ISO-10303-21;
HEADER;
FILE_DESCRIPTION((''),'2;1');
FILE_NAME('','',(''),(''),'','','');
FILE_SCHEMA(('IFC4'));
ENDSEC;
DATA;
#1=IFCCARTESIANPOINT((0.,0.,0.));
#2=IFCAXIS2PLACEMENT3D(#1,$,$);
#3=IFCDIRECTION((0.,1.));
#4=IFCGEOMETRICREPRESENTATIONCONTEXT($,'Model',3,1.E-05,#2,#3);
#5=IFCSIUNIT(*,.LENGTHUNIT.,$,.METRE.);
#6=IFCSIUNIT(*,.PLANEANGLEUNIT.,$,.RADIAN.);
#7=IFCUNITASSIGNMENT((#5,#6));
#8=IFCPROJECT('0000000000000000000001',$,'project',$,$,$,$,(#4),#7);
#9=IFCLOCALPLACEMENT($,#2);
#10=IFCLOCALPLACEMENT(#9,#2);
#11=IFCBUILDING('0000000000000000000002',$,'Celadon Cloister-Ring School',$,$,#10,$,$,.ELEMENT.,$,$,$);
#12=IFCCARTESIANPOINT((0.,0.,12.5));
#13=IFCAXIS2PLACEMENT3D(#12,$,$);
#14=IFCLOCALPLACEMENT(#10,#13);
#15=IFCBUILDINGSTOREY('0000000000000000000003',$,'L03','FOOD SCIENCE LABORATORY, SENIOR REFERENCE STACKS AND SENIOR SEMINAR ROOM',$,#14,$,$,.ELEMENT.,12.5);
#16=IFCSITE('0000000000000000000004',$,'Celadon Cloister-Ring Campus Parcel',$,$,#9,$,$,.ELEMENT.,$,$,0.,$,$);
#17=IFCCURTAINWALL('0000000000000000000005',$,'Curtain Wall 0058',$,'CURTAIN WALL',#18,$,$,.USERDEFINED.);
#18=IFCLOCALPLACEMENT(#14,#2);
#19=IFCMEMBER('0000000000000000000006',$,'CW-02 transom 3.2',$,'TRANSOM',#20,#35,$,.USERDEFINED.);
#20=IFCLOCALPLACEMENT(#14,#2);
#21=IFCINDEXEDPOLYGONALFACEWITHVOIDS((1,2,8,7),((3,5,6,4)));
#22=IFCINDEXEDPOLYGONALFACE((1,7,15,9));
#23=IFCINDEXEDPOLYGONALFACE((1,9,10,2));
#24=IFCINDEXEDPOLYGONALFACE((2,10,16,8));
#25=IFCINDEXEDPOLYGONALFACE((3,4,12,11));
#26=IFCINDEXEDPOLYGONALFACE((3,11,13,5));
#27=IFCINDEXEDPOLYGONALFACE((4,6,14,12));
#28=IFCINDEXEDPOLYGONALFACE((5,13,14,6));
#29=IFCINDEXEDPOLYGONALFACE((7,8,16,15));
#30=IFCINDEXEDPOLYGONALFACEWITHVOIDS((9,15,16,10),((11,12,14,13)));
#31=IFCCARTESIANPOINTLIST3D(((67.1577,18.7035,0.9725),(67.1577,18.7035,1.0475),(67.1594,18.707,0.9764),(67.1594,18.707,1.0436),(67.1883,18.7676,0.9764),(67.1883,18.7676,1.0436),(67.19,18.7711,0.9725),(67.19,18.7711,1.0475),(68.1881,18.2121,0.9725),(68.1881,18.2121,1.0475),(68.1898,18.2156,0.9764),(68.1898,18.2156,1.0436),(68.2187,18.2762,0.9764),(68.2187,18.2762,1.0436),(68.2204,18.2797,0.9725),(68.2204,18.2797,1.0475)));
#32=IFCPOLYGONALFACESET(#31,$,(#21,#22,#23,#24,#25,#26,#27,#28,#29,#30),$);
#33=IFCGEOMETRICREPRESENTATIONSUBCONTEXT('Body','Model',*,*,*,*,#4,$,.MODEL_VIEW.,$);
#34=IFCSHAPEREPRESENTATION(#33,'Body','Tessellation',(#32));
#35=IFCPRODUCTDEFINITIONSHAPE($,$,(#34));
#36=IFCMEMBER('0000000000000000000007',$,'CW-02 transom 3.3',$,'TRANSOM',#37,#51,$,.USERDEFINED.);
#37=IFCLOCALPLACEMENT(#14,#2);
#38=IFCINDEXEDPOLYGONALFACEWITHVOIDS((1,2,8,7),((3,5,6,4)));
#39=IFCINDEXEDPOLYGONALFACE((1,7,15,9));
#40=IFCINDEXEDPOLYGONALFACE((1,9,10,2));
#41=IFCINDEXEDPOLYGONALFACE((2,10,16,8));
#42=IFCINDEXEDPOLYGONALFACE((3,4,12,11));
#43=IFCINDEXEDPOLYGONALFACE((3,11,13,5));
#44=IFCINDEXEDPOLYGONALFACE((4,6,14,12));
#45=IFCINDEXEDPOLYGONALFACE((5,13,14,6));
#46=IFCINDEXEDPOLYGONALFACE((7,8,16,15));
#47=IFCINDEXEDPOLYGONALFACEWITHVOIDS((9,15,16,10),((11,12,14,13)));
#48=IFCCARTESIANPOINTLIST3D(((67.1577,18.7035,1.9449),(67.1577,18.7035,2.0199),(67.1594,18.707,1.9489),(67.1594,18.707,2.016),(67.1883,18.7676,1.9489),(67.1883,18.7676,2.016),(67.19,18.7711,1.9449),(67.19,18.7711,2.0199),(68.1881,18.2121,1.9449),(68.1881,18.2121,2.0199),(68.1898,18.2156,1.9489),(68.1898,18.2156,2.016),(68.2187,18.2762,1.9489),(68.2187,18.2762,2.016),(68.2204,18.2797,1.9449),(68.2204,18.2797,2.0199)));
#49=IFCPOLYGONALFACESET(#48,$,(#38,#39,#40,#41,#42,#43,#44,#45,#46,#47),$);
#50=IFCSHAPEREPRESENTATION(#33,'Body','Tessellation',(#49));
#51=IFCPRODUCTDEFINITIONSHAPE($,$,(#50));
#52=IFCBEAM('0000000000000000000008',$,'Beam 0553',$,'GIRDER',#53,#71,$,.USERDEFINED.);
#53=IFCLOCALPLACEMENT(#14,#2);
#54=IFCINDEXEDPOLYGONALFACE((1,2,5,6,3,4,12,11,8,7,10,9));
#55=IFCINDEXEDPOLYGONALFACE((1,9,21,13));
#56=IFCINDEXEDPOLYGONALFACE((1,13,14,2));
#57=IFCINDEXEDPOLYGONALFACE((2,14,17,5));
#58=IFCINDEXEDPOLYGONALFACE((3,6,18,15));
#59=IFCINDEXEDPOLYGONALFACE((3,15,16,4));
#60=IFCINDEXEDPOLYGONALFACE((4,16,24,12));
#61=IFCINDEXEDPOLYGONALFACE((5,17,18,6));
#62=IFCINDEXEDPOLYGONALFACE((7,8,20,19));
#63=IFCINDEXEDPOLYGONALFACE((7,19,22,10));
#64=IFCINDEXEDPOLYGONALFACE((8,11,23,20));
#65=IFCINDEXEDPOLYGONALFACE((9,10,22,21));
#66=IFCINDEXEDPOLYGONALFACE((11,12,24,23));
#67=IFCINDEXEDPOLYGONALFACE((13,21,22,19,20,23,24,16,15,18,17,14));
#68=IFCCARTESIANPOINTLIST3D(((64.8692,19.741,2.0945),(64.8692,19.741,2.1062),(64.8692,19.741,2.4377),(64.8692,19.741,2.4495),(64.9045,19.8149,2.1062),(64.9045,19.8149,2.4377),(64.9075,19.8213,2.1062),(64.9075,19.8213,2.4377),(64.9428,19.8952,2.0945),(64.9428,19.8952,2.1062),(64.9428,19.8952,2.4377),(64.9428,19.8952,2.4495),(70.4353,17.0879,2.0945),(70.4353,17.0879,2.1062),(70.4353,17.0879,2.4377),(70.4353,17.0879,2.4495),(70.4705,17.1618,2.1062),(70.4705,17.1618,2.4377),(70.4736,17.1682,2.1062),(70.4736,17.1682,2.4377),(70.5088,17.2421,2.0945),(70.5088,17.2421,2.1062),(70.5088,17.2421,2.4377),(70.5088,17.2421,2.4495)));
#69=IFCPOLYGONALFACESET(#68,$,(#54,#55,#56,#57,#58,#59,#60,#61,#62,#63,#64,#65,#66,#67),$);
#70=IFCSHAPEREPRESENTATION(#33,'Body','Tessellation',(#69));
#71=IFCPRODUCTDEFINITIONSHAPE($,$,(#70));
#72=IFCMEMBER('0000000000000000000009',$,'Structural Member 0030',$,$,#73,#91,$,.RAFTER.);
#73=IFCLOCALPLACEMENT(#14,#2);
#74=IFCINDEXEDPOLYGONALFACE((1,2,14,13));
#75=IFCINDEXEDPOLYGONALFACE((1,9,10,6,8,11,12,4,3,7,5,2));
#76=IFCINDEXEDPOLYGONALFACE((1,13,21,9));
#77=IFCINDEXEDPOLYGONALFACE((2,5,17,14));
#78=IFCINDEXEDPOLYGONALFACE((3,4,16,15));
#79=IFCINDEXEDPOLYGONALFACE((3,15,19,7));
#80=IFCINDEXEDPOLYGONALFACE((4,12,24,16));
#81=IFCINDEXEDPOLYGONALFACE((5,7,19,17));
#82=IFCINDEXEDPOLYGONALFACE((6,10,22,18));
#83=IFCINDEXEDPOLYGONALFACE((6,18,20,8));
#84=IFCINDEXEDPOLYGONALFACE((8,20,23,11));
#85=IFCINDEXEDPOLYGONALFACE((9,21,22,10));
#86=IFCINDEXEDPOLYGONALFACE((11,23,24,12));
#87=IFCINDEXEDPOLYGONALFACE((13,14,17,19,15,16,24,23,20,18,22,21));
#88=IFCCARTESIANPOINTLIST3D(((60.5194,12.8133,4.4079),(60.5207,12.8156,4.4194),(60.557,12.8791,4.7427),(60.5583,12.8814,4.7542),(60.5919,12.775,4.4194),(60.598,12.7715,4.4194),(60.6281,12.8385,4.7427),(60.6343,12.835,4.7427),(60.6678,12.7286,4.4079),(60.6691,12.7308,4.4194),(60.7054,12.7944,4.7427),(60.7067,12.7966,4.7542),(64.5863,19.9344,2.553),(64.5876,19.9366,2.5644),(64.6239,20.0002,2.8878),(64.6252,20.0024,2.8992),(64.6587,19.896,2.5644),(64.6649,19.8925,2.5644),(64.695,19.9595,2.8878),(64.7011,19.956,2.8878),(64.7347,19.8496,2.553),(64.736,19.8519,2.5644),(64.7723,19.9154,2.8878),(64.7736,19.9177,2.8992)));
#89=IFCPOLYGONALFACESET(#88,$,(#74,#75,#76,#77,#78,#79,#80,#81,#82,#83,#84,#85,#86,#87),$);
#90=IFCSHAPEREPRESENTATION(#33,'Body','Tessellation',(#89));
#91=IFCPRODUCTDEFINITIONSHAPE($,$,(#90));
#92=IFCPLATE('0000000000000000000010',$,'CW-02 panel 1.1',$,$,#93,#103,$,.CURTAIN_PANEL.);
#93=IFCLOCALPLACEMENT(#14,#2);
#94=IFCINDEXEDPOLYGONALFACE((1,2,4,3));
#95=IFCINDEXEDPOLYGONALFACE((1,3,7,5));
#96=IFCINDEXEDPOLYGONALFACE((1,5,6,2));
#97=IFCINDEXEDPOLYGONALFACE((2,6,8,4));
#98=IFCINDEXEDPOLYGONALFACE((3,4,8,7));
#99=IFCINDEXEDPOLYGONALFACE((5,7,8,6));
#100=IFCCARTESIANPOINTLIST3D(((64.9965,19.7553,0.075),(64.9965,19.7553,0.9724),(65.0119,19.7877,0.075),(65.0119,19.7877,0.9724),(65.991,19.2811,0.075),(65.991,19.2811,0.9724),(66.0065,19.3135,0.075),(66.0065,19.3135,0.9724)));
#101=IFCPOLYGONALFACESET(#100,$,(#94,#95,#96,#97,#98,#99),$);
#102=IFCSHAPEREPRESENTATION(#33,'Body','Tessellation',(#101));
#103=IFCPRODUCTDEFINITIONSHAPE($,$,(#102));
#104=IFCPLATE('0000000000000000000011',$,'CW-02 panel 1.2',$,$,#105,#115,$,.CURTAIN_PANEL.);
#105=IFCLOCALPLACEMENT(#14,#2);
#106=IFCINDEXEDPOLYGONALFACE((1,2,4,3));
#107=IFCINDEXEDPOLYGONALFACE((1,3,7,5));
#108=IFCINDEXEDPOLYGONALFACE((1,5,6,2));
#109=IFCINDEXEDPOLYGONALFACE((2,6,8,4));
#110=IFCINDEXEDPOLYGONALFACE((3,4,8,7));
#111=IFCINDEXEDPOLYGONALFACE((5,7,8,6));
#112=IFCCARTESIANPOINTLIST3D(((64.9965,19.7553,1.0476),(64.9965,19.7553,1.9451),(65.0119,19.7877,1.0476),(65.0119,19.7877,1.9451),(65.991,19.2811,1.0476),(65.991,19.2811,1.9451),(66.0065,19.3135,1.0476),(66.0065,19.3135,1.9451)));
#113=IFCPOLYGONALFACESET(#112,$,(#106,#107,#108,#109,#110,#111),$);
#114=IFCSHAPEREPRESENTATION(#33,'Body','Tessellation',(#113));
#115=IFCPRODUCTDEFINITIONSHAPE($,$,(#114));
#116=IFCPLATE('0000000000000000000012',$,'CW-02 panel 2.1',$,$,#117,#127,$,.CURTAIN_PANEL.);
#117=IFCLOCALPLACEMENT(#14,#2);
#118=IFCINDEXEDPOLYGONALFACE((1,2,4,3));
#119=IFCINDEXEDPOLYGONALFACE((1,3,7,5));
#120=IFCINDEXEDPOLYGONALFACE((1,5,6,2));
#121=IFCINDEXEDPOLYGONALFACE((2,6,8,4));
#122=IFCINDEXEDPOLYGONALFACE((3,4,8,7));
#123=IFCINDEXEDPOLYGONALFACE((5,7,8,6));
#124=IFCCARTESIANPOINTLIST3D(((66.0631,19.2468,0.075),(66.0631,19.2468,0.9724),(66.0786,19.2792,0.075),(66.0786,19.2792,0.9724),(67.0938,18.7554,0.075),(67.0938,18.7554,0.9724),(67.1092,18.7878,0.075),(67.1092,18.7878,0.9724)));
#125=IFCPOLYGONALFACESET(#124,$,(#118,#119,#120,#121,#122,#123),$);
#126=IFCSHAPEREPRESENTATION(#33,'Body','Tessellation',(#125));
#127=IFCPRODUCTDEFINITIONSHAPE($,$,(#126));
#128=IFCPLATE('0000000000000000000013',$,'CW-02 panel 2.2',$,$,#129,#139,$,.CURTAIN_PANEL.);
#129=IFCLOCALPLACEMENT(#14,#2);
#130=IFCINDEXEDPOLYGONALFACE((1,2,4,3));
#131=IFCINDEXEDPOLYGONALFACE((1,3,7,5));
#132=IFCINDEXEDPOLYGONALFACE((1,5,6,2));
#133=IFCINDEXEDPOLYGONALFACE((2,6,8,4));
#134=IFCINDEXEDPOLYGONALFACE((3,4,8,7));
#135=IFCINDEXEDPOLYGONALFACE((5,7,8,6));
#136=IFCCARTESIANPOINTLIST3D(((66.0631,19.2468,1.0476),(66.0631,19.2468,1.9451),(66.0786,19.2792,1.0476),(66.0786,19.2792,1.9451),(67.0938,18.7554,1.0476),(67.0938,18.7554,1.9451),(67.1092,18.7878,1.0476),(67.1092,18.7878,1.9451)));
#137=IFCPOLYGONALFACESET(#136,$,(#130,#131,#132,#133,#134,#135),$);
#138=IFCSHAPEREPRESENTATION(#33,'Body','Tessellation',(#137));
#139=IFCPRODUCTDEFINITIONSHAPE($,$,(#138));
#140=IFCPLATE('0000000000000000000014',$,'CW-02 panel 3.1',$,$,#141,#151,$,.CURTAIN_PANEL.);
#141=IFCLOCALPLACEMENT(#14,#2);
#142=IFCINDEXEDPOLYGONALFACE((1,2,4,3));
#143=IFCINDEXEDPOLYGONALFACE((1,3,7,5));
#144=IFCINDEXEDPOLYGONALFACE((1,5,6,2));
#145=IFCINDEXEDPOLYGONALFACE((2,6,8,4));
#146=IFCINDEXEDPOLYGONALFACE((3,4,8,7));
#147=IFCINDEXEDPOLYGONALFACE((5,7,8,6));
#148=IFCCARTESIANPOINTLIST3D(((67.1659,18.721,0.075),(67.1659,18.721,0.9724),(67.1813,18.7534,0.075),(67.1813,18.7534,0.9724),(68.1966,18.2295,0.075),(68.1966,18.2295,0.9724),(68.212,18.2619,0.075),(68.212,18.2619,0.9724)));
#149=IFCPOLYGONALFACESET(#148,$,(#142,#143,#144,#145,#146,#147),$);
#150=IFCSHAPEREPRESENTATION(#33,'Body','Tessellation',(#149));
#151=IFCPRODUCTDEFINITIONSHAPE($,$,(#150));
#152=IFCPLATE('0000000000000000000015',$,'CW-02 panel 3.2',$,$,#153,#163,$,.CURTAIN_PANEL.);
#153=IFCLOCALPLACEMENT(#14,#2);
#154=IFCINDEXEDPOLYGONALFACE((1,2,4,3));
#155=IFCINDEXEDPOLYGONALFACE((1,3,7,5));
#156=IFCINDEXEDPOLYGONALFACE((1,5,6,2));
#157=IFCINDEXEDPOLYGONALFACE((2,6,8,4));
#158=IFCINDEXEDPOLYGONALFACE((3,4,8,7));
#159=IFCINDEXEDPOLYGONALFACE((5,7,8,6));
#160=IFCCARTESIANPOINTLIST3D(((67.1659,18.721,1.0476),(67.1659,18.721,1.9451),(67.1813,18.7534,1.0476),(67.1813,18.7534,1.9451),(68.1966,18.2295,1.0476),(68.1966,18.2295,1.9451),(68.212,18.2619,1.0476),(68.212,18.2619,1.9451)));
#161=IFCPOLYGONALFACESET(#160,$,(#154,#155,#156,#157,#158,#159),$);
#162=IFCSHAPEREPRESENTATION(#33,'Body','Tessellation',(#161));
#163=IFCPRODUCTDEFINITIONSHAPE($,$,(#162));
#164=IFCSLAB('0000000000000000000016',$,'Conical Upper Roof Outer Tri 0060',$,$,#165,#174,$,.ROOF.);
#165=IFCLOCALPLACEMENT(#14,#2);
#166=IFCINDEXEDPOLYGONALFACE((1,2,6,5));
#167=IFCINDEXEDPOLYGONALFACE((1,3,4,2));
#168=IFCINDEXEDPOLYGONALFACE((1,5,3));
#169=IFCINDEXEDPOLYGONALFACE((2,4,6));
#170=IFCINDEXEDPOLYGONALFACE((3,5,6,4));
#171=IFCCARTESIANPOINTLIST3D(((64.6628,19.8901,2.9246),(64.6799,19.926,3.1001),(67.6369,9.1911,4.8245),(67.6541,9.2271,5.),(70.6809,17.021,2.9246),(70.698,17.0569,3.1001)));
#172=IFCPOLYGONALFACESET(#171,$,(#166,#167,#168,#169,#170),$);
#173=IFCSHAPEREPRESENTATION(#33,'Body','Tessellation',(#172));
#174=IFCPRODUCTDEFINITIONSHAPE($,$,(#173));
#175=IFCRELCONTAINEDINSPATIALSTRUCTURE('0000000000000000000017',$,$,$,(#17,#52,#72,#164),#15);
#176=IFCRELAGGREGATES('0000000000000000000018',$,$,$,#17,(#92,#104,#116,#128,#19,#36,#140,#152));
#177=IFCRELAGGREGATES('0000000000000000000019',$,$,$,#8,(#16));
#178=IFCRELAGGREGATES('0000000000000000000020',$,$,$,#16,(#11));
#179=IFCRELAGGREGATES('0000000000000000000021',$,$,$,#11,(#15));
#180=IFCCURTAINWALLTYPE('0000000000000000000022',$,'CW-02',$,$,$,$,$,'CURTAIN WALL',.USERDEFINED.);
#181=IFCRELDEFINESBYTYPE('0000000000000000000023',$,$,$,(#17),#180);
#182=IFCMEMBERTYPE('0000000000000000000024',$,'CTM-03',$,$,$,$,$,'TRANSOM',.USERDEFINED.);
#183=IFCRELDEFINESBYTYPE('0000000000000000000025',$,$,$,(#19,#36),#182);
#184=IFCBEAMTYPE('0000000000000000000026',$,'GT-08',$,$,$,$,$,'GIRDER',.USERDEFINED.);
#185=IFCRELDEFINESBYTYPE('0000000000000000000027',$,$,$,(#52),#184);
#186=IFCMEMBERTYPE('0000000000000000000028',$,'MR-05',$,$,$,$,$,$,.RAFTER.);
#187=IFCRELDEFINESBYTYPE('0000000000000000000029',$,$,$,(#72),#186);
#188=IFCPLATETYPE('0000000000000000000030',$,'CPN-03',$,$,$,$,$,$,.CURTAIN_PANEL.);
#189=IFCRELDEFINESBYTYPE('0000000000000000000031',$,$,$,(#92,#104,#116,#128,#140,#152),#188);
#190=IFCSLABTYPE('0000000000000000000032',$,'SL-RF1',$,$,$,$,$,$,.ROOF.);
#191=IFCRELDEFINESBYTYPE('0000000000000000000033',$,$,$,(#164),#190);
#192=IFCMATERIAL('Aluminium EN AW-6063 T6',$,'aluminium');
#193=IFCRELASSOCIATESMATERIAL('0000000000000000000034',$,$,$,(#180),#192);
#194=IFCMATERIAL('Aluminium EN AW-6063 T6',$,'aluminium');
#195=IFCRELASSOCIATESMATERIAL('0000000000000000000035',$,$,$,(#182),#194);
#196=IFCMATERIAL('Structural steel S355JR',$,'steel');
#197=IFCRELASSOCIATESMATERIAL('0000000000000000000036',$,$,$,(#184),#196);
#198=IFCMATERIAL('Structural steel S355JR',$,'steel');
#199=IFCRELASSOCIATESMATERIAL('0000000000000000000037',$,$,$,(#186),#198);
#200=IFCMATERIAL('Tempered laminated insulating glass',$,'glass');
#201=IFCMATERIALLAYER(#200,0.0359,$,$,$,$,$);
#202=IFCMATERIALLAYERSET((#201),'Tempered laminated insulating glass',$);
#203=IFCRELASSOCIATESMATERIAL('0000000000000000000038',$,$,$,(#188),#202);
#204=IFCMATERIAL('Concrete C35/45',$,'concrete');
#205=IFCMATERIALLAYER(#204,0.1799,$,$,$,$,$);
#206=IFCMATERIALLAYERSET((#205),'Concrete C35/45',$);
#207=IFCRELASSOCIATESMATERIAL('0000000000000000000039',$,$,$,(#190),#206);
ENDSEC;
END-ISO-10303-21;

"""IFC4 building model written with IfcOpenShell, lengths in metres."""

from ifc_helpers import new_model, si_unit, direction, frame, origin, origin_2d, place, context, subcontext, project, spatial, polyline, rectangle, hollow_rectangle, i_section, outline, extrude, material, layer, layer_set, material_profile, profile_set, type_object, element, aggregate, save


model = new_model("IFC4")

# Units and contexts
model_context = context("Model", 3, precision=1e-05, world=origin(), true_north=direction((0.0, 1.0)))
body_context = subcontext(model_context, "Body", "Model", "MODEL_VIEW")
ifc_project = project(units=[si_unit("LENGTHUNIT", "METRE"), si_unit("PLANEANGLEUNIT", "RADIAN")], contexts=[model_context])

# Site, building, storey
site_placement = place(None, origin())
site = spatial("IfcSite", under=ifc_project, at=site_placement, Name="Celadon Cloister-Ring Campus Parcel", CompositionType="ELEMENT", RefElevation=0.0)
building_placement = place(site_placement, origin())
building = spatial("IfcBuilding", under=site, at=building_placement, Name="Celadon Cloister-Ring School", CompositionType="ELEMENT")
storey_placement = place(building_placement, frame((0.0, 0.0, 12.5)))
storey = spatial("IfcBuildingStorey", under=building, at=storey_placement, Name="L03", Description="FOOD SCIENCE LABORATORY, SENIOR REFERENCE STACKS AND SENIOR SEMINAR ROOM", CompositionType="ELEMENT", Elevation=12.5)

# Curtain wall, members
ifc_material_1 = material(Name="Aluminium EN AW-6063 T6", Category="aluminium")
curtain_wall_type = type_object("IfcCurtainWallType", Name="CW-02", ElementType="CURTAIN WALL", PredefinedType="USERDEFINED", material=ifc_material_1)
curtain_wall_placement = place(storey_placement, origin())
curtain_wall = element("IfcCurtainWall", 1, at=curtain_wall_placement, inside=storey, type_object=curtain_wall_type, Name="Curtain Wall 0058", ObjectType="CURTAIN WALL", PredefinedType="USERDEFINED")
ifc_material_2 = material(Name="Aluminium EN AW-6063 T6", Category="aluminium")
ifc_material_profile_1 = material_profile(ifc_material_2, hollow_rectangle(XDim=0.075, YDim=0.075, WallThickness=0.0039, at=origin_2d()), Name="RHS75X75X4")
ifc_profile_set_1 = profile_set([ifc_material_profile_1], Name="Aluminium EN AW-6063 T6")
member_type_1 = type_object("IfcMemberType", Name="CTM-03", ElementType="TRANSOM", PredefinedType="USERDEFINED", material=ifc_profile_set_1)
member_1_placement = place(storey_placement, frame((67.1738, 18.7373, 1.01), z_axis=(0.902611, -0.430456, 0.0), x_axis=(0.430456, 0.902611, 0.0)))
member_1 = element("IfcMember", 2, at=member_1_placement, type_object=member_type_1, Name="CW-02 transom 3.2", ObjectType="TRANSOM", PredefinedType="USERDEFINED", context=body_context, shape_type="SweptSolid", body=[
    extrude(hollow_rectangle(XDim=0.075, YDim=0.075, WallThickness=0.0039, at=origin_2d()), origin(), (0.0, 0.0, 1.0), 1.1416),
])
member_2_placement = place(storey_placement, frame((67.1738, 18.7373, 1.9824), z_axis=(0.902611, -0.430456, 0.0), x_axis=(0.430456, 0.902611, 0.0)))
member_2 = element("IfcMember", 3, at=member_2_placement, type_object=member_type_1, Name="CW-02 transom 3.3", ObjectType="TRANSOM", PredefinedType="USERDEFINED", context=body_context, shape_type="SweptSolid", body=[
    extrude(hollow_rectangle(XDim=0.075, YDim=0.075, WallThickness=0.0039, at=origin_2d()), origin(), (0.0, 0.0, 1.0), 1.1416),
])

# Beam
ifc_material_3 = material(Name="Structural steel S355JR", Category="steel")
ifc_material_profile_2 = material_profile(ifc_material_3, i_section(OverallWidth=0.1709, OverallDepth=0.355, WebThickness=0.0071, FlangeThickness=0.0117, at=origin_2d()), Name="W360X51")
ifc_profile_set_2 = profile_set([ifc_material_profile_2], Name="Structural steel S355JR")
beam_type = type_object("IfcBeamType", Name="GT-08", ElementType="GIRDER", PredefinedType="USERDEFINED", material=ifc_profile_set_2)
beam_placement = place(storey_placement, frame((64.906, 19.8181, 2.272), z_axis=(0.902694, -0.430282, 0.0), x_axis=(0.430282, 0.902694, 0.0)))
element("IfcBeam", 4, at=beam_placement, inside=storey, type_object=beam_type, Name="Beam 0553", ObjectType="GIRDER", PredefinedType="USERDEFINED", context=body_context, shape_type="SweptSolid", body=[
    extrude(i_section(OverallWidth=0.1709, OverallDepth=0.355, WebThickness=0.0071, FlangeThickness=0.0117, at=origin_2d()), origin(), (0.0, 0.0, 1.0), 6.166),
])

# Member
ifc_material_4 = material(Name="Structural steel S355JR", Category="steel")
ifc_material_profile_3 = material_profile(ifc_material_4, i_section(OverallWidth=0.1709, OverallDepth=0.355, WebThickness=0.0071, FlangeThickness=0.0117, at=origin_2d()), Name="W360X51")
ifc_profile_set_3 = profile_set([ifc_material_profile_3], Name="Structural steel S355JR")
member_type_2 = type_object("IfcMemberType", Name="MR-05", PredefinedType="RAFTER", material=ifc_profile_set_3)
member_3_placement = place(storey_placement, frame((64.6799, 19.926, 2.7261), z_axis=(-0.483707, -0.846966, 0.220627), x_axis=(0.868364, -0.495927, 0.0)))
element("IfcMember", 5, at=member_3_placement, inside=storey, type_object=member_type_2, Name="Structural Member 0030", PredefinedType="RAFTER", context=body_context, shape_type="SweptSolid", body=[
    extrude(i_section(OverallWidth=0.1709, OverallDepth=0.355, WebThickness=0.0071, FlangeThickness=0.0117, at=origin_2d()), origin(), (0.0, 0.0, 1.0), 8.4077),
])

# Plates
ifc_material_5 = material(Name="Tempered laminated insulating glass", Category="glass")
ifc_layer_1 = layer(ifc_material_5, 0.0359)
ifc_layer_set_1 = layer_set([ifc_layer_1], Name="Tempered laminated insulating glass")
plate_type = type_object("IfcPlateType", Name="CPN-03", PredefinedType="CURTAIN_PANEL", material=ifc_layer_set_1)
plate_1_placement = place(storey_placement, frame((65.5015, 19.5344, 0.075), z_axis=(0.0, 0.0, 1.0), x_axis=(0.902652, -0.430372, 0.0)))
plate_1 = element("IfcPlate", 6, at=plate_1_placement, type_object=plate_type, Name="CW-02 panel 1.1", PredefinedType="CURTAIN_PANEL", context=body_context, shape_type="SweptSolid", body=[
    extrude(rectangle(XDim=1.1018, YDim=0.0359, at=origin_2d()), origin(), (0.0, 0.0, 1.0), 0.8975),
])
plate_2_placement = place(storey_placement, frame((65.5015, 19.5344, 1.0476), z_axis=(0.0, 0.0, 1.0), x_axis=(0.902652, -0.430372, 0.0)))
plate_2 = element("IfcPlate", 7, at=plate_2_placement, type_object=plate_type, Name="CW-02 panel 1.2", PredefinedType="CURTAIN_PANEL", context=body_context, shape_type="SweptSolid", body=[
    extrude(rectangle(XDim=1.1018, YDim=0.0359, at=origin_2d()), origin(), (0.0, 0.0, 1.0), 0.8975),
])
plate_3_placement = place(storey_placement, frame((66.5862, 19.0173, 0.075), z_axis=(0.0, 0.0, 1.0), x_axis=(0.902652, -0.430372, 0.0)))
plate_3 = element("IfcPlate", 8, at=plate_3_placement, type_object=plate_type, Name="CW-02 panel 2.1", PredefinedType="CURTAIN_PANEL", context=body_context, shape_type="SweptSolid", body=[
    extrude(rectangle(XDim=1.1418, YDim=0.0359, at=origin_2d()), origin(), (0.0, 0.0, 1.0), 0.8975),
])
plate_4_placement = place(storey_placement, frame((66.5862, 19.0173, 1.0476), z_axis=(0.0, 0.0, 1.0), x_axis=(0.902652, -0.430372, 0.0)))
plate_4 = element("IfcPlate", 9, at=plate_4_placement, type_object=plate_type, Name="CW-02 panel 2.2", PredefinedType="CURTAIN_PANEL", context=body_context, shape_type="SweptSolid", body=[
    extrude(rectangle(XDim=1.1418, YDim=0.0359, at=origin_2d()), origin(), (0.0, 0.0, 1.0), 0.8975),
])
plate_5_placement = place(storey_placement, frame((67.689, 18.4915, 0.075), z_axis=(0.0, 0.0, 1.0), x_axis=(0.902652, -0.430372, 0.0)))
plate_5 = element("IfcPlate", 10, at=plate_5_placement, type_object=plate_type, Name="CW-02 panel 3.1", PredefinedType="CURTAIN_PANEL", context=body_context, shape_type="SweptSolid", body=[
    extrude(rectangle(XDim=1.1418, YDim=0.0359, at=origin_2d()), origin(), (0.0, 0.0, 1.0), 0.8975),
])
plate_6_placement = place(storey_placement, frame((67.689, 18.4915, 1.0476), z_axis=(0.0, 0.0, 1.0), x_axis=(0.902652, -0.430372, 0.0)))
plate_6 = element("IfcPlate", 11, at=plate_6_placement, type_object=plate_type, Name="CW-02 panel 3.2", PredefinedType="CURTAIN_PANEL", context=body_context, shape_type="SweptSolid", body=[
    extrude(rectangle(XDim=1.1418, YDim=0.0359, at=origin_2d()), origin(), (0.0, 0.0, 1.0), 0.8975),
])
aggregate(curtain_wall, [plate_1, plate_2, plate_3, plate_4, member_1, member_2, plate_5, plate_6])

# Slab
ifc_material_6 = material(Name="Concrete C35/45", Category="concrete")
ifc_layer_2 = layer(ifc_material_6, 0.1799)
ifc_layer_set_2 = layer_set([ifc_layer_2], Name="Concrete C35/45")
slab_type = type_object("IfcSlabType", Name="SL-RF1", PredefinedType="ROOF", material=ifc_layer_set_2)
slab_placement = place(storey_placement, frame((64.6799, 19.926, 3.1001), z_axis=(0.095179, 0.199638, 0.975236), x_axis=(0.263991, -0.949668, 0.16864)))
element("IfcSlab", 12, at=slab_placement, inside=storey, type_object=slab_type, Name="Conical Upper Roof Outer Tri 0060", PredefinedType="ROOF", context=body_context, shape_type="SweptSolid", body=[
    extrude(outline(polyline([(0.0, 0.0), (11.266, 0.0), (4.3134, 5.0836), (0.0, 0.0)])), origin(), (0.0, 0.0, -1.0), 0.1799),
])

save(model, "model.ifc")
